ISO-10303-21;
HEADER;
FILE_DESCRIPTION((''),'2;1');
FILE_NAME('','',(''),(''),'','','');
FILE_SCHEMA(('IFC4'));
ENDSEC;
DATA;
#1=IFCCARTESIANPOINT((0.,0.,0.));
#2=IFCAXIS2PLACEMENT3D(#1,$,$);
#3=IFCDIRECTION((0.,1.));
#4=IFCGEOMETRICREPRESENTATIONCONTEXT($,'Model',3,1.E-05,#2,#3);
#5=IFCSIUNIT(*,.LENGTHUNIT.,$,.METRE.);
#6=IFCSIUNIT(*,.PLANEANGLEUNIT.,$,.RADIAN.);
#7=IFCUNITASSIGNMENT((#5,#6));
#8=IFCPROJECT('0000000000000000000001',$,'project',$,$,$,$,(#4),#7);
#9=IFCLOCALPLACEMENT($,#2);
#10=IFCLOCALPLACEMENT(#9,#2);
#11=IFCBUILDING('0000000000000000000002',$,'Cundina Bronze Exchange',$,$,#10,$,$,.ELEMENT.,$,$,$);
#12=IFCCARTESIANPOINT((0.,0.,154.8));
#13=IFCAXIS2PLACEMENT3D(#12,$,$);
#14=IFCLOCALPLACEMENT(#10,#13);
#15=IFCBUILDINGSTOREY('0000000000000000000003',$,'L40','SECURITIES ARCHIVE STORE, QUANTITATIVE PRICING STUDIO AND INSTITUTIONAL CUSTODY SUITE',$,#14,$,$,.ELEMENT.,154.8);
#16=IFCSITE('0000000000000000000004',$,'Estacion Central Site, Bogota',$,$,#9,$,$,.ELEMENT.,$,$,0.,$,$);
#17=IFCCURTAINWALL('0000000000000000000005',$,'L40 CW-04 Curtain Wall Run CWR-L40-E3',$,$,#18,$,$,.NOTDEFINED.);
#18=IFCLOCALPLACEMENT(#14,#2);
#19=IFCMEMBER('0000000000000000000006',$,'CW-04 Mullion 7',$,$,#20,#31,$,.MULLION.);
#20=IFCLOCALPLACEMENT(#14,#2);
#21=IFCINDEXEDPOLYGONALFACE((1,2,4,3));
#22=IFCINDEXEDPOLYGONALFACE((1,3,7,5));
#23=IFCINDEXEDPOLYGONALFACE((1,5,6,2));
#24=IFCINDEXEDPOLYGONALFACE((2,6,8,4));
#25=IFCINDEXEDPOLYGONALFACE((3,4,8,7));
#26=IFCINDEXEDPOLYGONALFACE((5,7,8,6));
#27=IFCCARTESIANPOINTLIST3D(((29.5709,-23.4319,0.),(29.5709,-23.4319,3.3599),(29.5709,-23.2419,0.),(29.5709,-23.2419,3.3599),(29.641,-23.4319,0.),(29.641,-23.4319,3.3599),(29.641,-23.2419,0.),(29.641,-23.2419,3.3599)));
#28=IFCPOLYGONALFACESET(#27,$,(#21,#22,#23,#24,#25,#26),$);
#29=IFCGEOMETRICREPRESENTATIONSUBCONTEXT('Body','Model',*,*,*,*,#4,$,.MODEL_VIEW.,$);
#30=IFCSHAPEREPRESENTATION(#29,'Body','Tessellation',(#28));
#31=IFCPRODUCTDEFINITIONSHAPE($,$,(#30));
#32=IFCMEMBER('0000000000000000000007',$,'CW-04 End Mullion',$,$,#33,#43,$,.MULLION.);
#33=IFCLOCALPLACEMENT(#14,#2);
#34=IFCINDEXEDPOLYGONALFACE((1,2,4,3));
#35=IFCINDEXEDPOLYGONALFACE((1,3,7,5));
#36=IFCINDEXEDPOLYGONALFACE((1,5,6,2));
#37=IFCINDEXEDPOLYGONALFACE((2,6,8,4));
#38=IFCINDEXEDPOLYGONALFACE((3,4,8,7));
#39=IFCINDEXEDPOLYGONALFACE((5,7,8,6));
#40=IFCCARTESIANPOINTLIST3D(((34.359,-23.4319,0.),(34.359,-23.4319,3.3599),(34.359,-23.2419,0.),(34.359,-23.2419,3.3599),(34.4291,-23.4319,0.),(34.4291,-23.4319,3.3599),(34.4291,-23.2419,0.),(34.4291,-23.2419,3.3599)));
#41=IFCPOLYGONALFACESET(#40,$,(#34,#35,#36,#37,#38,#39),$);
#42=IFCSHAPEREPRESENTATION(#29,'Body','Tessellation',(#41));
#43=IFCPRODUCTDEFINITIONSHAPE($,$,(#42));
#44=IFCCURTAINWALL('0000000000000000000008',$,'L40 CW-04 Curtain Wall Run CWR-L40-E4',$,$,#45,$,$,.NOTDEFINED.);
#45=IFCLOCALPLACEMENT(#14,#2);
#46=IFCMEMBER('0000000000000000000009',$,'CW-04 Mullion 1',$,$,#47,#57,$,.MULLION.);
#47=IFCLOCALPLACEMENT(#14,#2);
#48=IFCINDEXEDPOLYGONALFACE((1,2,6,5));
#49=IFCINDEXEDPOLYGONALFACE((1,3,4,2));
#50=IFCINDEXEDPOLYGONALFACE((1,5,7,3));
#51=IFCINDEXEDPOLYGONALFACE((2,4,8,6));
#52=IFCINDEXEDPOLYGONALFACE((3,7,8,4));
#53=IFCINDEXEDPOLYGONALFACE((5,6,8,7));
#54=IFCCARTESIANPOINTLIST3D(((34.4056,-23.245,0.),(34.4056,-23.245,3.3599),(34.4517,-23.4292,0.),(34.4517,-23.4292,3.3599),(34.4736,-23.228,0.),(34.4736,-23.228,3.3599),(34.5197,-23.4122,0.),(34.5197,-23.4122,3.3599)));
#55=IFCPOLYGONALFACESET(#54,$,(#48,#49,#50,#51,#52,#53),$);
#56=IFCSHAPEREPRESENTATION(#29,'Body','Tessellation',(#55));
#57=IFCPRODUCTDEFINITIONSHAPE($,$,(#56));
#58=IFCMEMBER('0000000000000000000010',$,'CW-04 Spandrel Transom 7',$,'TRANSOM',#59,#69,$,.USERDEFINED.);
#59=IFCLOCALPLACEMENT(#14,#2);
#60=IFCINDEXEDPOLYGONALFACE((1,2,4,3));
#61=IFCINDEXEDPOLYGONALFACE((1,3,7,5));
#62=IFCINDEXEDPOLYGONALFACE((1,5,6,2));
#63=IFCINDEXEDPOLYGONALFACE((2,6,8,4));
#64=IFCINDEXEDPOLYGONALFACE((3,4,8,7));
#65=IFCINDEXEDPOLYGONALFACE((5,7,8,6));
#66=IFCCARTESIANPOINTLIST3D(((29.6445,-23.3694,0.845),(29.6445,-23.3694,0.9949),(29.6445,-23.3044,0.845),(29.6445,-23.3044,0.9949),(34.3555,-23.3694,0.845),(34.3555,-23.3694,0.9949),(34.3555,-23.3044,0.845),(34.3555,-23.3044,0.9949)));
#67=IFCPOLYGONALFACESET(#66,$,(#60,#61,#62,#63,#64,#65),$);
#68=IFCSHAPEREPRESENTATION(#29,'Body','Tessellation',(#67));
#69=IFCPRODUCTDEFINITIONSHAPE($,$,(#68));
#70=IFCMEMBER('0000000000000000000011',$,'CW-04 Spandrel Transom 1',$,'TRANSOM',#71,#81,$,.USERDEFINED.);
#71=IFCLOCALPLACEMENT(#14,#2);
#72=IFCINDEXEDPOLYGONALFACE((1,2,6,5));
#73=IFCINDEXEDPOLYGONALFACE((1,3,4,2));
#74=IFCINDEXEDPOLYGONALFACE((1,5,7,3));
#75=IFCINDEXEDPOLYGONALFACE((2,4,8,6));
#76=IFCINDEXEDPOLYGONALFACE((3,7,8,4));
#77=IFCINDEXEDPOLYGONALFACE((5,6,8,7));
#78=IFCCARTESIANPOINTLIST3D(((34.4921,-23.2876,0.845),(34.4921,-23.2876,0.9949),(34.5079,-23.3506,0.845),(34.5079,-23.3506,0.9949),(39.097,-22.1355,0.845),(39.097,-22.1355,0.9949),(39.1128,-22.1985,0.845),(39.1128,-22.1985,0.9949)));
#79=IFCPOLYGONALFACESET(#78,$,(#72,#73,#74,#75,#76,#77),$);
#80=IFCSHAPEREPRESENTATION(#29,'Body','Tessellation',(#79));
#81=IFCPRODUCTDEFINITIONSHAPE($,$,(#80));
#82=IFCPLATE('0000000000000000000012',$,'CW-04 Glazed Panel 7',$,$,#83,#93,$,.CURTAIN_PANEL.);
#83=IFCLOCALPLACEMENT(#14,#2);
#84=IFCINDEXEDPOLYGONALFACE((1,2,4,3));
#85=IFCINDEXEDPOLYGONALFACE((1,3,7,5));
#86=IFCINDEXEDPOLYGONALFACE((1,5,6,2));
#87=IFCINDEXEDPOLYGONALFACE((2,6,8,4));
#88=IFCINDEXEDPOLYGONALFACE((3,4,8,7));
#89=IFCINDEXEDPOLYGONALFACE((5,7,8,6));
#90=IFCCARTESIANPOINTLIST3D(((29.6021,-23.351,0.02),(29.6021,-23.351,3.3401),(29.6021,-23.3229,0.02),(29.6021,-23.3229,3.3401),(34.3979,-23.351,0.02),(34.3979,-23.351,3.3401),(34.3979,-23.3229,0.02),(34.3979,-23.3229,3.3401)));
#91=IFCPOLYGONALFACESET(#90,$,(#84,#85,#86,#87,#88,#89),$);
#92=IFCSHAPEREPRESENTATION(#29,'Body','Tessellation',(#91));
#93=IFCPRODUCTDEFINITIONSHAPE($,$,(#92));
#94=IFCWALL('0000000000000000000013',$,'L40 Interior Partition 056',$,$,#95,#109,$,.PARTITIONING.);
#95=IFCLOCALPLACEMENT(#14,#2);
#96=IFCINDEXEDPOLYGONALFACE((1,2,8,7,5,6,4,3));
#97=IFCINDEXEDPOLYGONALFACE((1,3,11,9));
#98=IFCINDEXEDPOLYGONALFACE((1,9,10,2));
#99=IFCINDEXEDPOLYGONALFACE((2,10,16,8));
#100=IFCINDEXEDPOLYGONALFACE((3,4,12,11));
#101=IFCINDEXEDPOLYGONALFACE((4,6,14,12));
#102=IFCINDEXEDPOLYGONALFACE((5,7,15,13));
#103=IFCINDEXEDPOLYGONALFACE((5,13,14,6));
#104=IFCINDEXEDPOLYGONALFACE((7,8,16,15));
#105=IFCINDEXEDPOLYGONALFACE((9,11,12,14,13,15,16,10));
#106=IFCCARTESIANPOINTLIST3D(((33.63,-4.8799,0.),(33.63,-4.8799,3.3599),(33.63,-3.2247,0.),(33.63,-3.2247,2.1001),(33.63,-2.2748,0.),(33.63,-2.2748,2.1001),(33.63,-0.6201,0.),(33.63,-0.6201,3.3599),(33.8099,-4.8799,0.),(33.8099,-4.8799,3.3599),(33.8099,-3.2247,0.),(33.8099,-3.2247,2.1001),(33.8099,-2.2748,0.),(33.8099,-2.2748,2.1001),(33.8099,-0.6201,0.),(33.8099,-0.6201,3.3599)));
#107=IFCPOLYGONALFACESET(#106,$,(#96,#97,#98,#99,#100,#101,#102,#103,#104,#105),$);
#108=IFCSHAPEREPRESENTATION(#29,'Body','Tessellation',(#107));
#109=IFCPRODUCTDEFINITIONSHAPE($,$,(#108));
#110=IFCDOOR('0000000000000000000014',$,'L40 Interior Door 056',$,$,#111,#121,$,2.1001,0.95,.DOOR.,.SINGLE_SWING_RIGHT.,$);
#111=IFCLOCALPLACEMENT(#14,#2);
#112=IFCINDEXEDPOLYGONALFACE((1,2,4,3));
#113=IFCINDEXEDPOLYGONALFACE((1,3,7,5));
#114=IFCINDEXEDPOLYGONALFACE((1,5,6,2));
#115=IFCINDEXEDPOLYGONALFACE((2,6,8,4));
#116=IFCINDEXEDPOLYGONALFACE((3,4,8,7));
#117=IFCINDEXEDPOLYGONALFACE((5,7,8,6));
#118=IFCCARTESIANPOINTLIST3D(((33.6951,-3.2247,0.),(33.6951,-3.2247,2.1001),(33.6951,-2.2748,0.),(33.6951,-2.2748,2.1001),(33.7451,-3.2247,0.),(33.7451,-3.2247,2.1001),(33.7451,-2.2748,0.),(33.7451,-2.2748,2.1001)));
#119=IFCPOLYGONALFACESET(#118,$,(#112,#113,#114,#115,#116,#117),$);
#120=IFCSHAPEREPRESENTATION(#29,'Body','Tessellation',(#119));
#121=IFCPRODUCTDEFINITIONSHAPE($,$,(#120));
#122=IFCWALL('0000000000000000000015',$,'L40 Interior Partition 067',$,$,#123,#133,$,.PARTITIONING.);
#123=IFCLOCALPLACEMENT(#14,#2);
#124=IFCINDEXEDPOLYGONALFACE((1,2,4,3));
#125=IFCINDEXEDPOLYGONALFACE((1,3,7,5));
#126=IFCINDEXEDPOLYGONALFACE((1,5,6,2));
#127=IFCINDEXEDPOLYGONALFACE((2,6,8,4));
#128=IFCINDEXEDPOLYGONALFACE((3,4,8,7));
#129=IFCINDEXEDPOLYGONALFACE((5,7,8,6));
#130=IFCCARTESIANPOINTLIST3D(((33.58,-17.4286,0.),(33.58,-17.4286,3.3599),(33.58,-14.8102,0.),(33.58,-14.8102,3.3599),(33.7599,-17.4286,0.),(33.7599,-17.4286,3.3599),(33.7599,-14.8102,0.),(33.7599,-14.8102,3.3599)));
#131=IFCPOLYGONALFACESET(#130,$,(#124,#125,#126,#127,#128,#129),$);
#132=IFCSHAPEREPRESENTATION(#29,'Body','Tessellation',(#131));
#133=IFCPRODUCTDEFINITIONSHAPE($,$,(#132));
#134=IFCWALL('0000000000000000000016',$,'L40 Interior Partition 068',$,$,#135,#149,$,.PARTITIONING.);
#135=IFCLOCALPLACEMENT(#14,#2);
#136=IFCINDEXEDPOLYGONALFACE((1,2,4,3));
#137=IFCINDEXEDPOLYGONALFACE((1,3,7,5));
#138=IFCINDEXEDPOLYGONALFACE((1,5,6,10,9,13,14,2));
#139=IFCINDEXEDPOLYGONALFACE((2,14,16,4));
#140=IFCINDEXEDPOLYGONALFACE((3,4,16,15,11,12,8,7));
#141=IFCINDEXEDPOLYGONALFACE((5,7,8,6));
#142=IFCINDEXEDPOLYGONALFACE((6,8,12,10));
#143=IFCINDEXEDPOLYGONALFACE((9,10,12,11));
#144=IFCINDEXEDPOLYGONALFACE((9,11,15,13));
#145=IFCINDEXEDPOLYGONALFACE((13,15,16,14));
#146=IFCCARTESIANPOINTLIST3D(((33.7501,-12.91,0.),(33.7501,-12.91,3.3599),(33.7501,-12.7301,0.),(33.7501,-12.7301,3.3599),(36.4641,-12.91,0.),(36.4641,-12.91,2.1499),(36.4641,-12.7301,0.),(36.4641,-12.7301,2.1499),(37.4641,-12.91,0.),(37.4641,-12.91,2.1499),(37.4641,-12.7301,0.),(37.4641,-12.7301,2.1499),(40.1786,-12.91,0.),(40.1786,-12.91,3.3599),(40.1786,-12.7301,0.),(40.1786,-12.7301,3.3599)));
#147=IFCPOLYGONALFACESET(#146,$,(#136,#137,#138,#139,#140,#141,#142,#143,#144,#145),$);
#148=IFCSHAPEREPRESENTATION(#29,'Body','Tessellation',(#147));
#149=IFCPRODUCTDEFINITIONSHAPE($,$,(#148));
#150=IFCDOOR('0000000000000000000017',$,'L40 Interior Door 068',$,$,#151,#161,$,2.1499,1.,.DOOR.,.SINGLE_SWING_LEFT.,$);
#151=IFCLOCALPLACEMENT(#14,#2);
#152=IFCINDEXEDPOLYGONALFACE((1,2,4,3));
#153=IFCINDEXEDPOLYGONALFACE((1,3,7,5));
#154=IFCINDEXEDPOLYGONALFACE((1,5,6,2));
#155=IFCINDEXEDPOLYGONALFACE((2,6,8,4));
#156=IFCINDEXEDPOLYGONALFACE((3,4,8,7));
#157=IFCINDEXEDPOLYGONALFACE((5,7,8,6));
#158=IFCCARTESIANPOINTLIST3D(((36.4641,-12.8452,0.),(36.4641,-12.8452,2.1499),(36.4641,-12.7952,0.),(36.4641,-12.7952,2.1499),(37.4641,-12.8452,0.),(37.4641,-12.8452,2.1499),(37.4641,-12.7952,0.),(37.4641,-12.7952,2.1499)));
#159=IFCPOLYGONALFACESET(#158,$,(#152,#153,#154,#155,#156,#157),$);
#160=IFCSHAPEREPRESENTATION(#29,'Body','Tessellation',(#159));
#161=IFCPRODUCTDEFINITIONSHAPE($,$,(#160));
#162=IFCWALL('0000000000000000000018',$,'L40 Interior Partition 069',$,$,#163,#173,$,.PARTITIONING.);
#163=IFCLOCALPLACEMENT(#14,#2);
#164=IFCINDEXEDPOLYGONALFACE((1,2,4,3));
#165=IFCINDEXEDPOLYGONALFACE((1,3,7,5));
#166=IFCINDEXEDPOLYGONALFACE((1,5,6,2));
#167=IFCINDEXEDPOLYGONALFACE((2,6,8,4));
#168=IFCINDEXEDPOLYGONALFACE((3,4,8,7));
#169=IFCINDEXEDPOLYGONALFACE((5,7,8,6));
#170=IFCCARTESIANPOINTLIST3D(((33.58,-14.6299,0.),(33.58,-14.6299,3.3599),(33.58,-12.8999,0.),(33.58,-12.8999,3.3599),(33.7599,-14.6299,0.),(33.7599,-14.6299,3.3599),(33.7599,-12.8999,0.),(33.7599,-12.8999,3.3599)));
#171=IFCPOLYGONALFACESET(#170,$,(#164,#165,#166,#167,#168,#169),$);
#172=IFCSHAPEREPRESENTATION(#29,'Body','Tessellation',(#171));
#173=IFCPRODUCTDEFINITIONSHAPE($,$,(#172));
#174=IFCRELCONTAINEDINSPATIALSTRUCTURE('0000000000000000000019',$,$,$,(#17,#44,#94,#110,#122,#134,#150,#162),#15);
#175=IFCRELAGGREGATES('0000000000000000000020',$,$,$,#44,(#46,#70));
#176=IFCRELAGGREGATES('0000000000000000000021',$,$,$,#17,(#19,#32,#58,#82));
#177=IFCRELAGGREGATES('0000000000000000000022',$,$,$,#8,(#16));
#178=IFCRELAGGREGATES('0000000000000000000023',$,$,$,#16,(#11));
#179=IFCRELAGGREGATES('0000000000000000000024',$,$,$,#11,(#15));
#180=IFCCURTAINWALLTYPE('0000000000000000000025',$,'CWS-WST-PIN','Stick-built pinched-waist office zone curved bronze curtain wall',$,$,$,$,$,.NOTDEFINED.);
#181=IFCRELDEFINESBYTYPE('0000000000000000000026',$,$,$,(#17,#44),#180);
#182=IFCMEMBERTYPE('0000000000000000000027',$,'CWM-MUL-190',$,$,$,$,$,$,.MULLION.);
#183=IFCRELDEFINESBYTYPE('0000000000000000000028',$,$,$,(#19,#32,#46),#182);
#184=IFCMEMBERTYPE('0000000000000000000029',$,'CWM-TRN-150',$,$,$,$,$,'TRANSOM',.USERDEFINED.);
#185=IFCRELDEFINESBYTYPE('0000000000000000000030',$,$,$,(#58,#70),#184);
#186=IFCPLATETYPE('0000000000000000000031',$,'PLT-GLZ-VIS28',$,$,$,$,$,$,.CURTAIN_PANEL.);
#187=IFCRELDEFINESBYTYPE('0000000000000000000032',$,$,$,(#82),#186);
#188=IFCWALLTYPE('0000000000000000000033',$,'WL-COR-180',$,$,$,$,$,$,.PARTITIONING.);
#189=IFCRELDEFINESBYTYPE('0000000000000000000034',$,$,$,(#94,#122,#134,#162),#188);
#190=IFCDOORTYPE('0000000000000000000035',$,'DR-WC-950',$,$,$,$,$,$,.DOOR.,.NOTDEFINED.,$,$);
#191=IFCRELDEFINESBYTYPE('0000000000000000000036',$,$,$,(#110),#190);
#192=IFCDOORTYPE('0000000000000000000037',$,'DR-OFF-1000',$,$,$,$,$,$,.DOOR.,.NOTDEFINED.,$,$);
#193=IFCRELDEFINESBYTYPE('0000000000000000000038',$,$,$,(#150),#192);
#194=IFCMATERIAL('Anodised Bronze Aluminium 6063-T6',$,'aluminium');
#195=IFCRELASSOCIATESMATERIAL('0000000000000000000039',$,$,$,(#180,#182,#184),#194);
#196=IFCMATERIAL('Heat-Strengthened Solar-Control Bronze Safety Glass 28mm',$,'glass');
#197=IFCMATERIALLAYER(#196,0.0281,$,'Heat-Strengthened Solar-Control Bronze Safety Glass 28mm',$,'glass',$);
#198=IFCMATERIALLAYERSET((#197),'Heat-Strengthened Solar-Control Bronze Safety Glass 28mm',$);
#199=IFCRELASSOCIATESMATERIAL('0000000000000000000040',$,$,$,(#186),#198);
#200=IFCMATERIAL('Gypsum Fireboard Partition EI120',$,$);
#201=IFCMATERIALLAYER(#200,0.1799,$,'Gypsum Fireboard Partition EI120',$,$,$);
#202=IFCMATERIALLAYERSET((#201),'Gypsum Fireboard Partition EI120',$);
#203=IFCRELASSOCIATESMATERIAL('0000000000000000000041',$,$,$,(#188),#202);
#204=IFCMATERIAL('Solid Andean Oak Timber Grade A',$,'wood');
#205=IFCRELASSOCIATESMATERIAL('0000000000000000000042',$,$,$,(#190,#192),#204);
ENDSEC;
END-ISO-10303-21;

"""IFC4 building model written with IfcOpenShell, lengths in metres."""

from ifc_helpers import new_model, si_unit, direction, frame, frame_2d, origin, origin_2d, place, context, subcontext, project, spatial, rectangle, extrude, material, layer, layer_set, material_profile, profile_set, type_object, element, fill, aggregate, save


model = new_model("IFC4")

# Units and contexts
model_context = context("Model", 3, precision=1e-05, world=origin(), true_north=direction((0.0, 1.0)))
body_context = subcontext(model_context, "Body", "Model", "MODEL_VIEW")
ifc_project = project(units=[si_unit("LENGTHUNIT", "METRE"), si_unit("PLANEANGLEUNIT", "RADIAN")], contexts=[model_context])

# Site, building, storey
site_placement = place(None, origin())
site = spatial("IfcSite", under=ifc_project, at=site_placement, Name="Estacion Central Site, Bogota", CompositionType="ELEMENT", RefElevation=0.0)
building_placement = place(site_placement, origin())
building = spatial("IfcBuilding", under=site, at=building_placement, Name="Cundina Bronze Exchange", CompositionType="ELEMENT")
storey_placement = place(building_placement, frame((0.0, 0.0, 154.8)))
storey = spatial("IfcBuildingStorey", under=building, at=storey_placement, Name="L40", Description="SECURITIES ARCHIVE STORE, QUANTITATIVE PRICING STUDIO AND INSTITUTIONAL CUSTODY SUITE", CompositionType="ELEMENT", Elevation=154.8)

# Curtain wall, members
ifc_material_1 = material(Name="Anodised Bronze Aluminium 6063-T6", Category="aluminium")
curtain_wall_type = type_object("IfcCurtainWallType", Name="CWS-WST-PIN", Description="Stick-built pinched-waist office zone curved bronze curtain wall", PredefinedType="NOTDEFINED", material=ifc_material_1)
curtain_wall_1_placement = place(storey_placement, origin())
curtain_wall_1 = element("IfcCurtainWall", 1, at=curtain_wall_1_placement, inside=storey, type_object=curtain_wall_type, Name="L40 CW-04 Curtain Wall Run CWR-L40-E3", PredefinedType="NOTDEFINED")
ifc_material_profile_1 = material_profile(ifc_material_1, rectangle(XDim=0.0701, YDim=0.1899, at=origin_2d()), Name="AL70X190", Category="aluminium")
ifc_profile_set_1 = profile_set([ifc_material_profile_1], Name="Anodised Bronze Aluminium 6063-T6")
member_type_1 = type_object("IfcMemberType", Name="CWM-MUL-190", PredefinedType="MULLION", material=ifc_profile_set_1)
member_1_placement = place(storey_placement, frame((29.606, -23.3369, 0.0), z_axis=(0.0, 0.0, 1.0), x_axis=(1.0, 0.0, 0.0)))
member_1 = element("IfcMember", 2, at=member_1_placement, type_object=member_type_1, Name="CW-04 Mullion 7", PredefinedType="MULLION", context=body_context, shape_type="SweptSolid", body=[
    extrude(rectangle(XDim=0.0701, YDim=0.1899, at=origin_2d()), origin(), (0.0, 0.0, 1.0), 3.3599),
])
member_2_placement = place(storey_placement, frame((34.394, -23.3369, 0.0), z_axis=(0.0, 0.0, 1.0), x_axis=(1.0, 0.0, 0.0)))
member_2 = element("IfcMember", 3, at=member_2_placement, type_object=member_type_1, Name="CW-04 End Mullion", PredefinedType="MULLION", context=body_context, shape_type="SweptSolid", body=[
    extrude(rectangle(XDim=0.0701, YDim=0.1899, at=origin_2d()), origin(), (0.0, 0.0, 1.0), 3.3599),
])

# Curtain wall, member
curtain_wall_2_placement = place(storey_placement, origin())
curtain_wall_2 = element("IfcCurtainWall", 4, at=curtain_wall_2_placement, inside=storey, type_object=curtain_wall_type, Name="L40 CW-04 Curtain Wall Run CWR-L40-E4", PredefinedType="NOTDEFINED")
member_3_placement = place(storey_placement, frame((34.4626, -23.3286, 0.0), z_axis=(0.0, 0.0, 1.0), x_axis=(0.970084, 0.242769, 0.0)))
member_3 = element("IfcMember", 5, at=member_3_placement, type_object=member_type_1, Name="CW-04 Mullion 1", PredefinedType="MULLION", context=body_context, shape_type="SweptSolid", body=[
    extrude(rectangle(XDim=0.0701, YDim=0.1899, at=origin_2d()), origin(), (0.0, 0.0, 1.0), 3.3599),
])

# Members
ifc_material_profile_2 = material_profile(ifc_material_1, rectangle(XDim=0.0649, YDim=0.1499, at=origin_2d()), Name="AL65X150", Category="aluminium")
ifc_profile_set_2 = profile_set([ifc_material_profile_2], Name="Anodised Bronze Aluminium 6063-T6")
member_type_2 = type_object("IfcMemberType", Name="CWM-TRN-150", ElementType="TRANSOM", PredefinedType="USERDEFINED", material=ifc_profile_set_2)
member_4_placement = place(storey_placement, frame((29.6445, -23.3369, 0.9199), z_axis=(1.0, 0.0, 0.0), x_axis=(0.0, 1.0, 0.0)))
member_4 = element("IfcMember", 6, at=member_4_placement, type_object=member_type_2, Name="CW-04 Spandrel Transom 7", ObjectType="TRANSOM", PredefinedType="USERDEFINED", context=body_context, shape_type="SweptSolid", body=[
    extrude(rectangle(XDim=0.0649, YDim=0.1499, at=origin_2d()), origin(), (0.0, 0.0, 1.0), 4.7109),
])
member_5_placement = place(storey_placement, frame((34.5, -23.3191, 0.9199), z_axis=(0.9701, 0.242705, 0.0), x_axis=(-0.242705, 0.9701, 0.0)))
member_5 = element("IfcMember", 7, at=member_5_placement, type_object=member_type_2, Name="CW-04 Spandrel Transom 1", ObjectType="TRANSOM", PredefinedType="USERDEFINED", context=body_context, shape_type="SweptSolid", body=[
    extrude(rectangle(XDim=0.0649, YDim=0.1499, at=origin_2d()), origin(), (0.0, 0.0, 1.0), 4.7468),
])
aggregate(curtain_wall_2, [member_3, member_5])

# Plate
ifc_material_2 = material(Name="Heat-Strengthened Solar-Control Bronze Safety Glass 28mm", Category="glass")
ifc_layer_1 = layer(ifc_material_2, 0.0281, Name="Heat-Strengthened Solar-Control Bronze Safety Glass 28mm", Category="glass")
ifc_layer_set_1 = layer_set([ifc_layer_1], Name="Heat-Strengthened Solar-Control Bronze Safety Glass 28mm")
plate_type = type_object("IfcPlateType", Name="PLT-GLZ-VIS28", PredefinedType="CURTAIN_PANEL", material=ifc_layer_set_1)
plate_placement = place(storey_placement, frame((32.0, -23.3369, 0.02), z_axis=(0.0, 0.0, 1.0), x_axis=(1.0, 0.0, 0.0)))
plate = element("IfcPlate", 8, at=plate_placement, type_object=plate_type, Name="CW-04 Glazed Panel 7", PredefinedType="CURTAIN_PANEL", context=body_context, shape_type="SweptSolid", body=[
    extrude(rectangle(XDim=4.7959, YDim=0.0281, at=origin_2d()), origin(), (0.0, 0.0, 1.0), 3.3201),
])
aggregate(curtain_wall_1, [member_1, member_2, member_4, plate])

# Wall, opening, door
ifc_material_3 = material(Name="Gypsum Fireboard Partition EI120")
ifc_layer_2 = layer(ifc_material_3, 0.1799, Name="Gypsum Fireboard Partition EI120")
ifc_layer_set_2 = layer_set([ifc_layer_2], Name="Gypsum Fireboard Partition EI120")
wall_type_1 = type_object("IfcWallType", Name="WL-COR-180", PredefinedType="PARTITIONING", material=ifc_layer_set_2)
wall_1_placement = place(storey_placement, frame((33.72, -4.8799, 0.0), z_axis=(0.0, 0.0, 1.0), x_axis=(0.0, 1.0, 0.0)))
wall_1 = element("IfcWall", 9, at=wall_1_placement, inside=storey, type_object=wall_type_1, Name="L40 Interior Partition 056", PredefinedType="PARTITIONING", context=body_context, shape_type="SweptSolid", body=[
    extrude(rectangle(XDim=4.2598, YDim=0.1799, at=frame_2d((2.1299, 0.0))), origin(), (0.0, 0.0, 1.0), 3.3599),
])
opening_1_placement = place(wall_1_placement, frame((1.655, 0.0, 0.0)))
opening_1 = element("IfcOpeningElement", 10, at=opening_1_placement, cuts=wall_1, PredefinedType="OPENING", context=body_context, shape_type="SweptSolid", body=[
    extrude(rectangle(XDim=0.95, YDim=2.1001, at=frame_2d((0.4751, 1.05))), frame((0.0, 0.0999, 0.0), z_axis=(0.0, -1.0, 0.0), x_axis=(1.0, 0.0, 0.0)), (0.0, 0.0, 1.0), 0.2),
])
ifc_material_4 = material(Name="Solid Andean Oak Timber Grade A", Category="wood")
door_type_1 = type_object("IfcDoorType", Name="DR-WC-950", OperationType="NOTDEFINED", PredefinedType="DOOR", material=ifc_material_4)
door_1_placement = place(opening_1_placement, origin())
door_1 = element("IfcDoor", 11, at=door_1_placement, inside=storey, type_object=door_type_1, Name="L40 Interior Door 056", OperationType="SINGLE_SWING_RIGHT", OverallHeight=2.1001, OverallWidth=0.95, PredefinedType="DOOR", context=body_context, shape_type="SweptSolid", body=[
    extrude(rectangle(XDim=0.95, YDim=2.1001, at=frame_2d((0.4751, 1.05))), frame((0.0, 0.0249, 0.0), z_axis=(0.0, -1.0, 0.0), x_axis=(1.0, 0.0, 0.0)), (0.0, 0.0, 1.0), 0.05),
])
fill(opening_1, door_1)
door_type_2 = type_object("IfcDoorType", Name="DR-OFF-1000", OperationType="NOTDEFINED", PredefinedType="DOOR", material=ifc_material_4)

# Wall
wall_2_placement = place(storey_placement, frame((33.6699, -17.4285, 0.0), z_axis=(0.0, 0.0, 1.0), x_axis=(0.0, 1.0, 0.0)))
element("IfcWall", 12, at=wall_2_placement, inside=storey, type_object=wall_type_1, Name="L40 Interior Partition 067", PredefinedType="PARTITIONING", context=body_context, shape_type="SweptSolid", body=[
    extrude(rectangle(XDim=2.6184, YDim=0.1799, at=frame_2d((1.3091, 0.0))), origin(), (0.0, 0.0, 1.0), 3.3599),
])

# Wall, opening, door
wall_3_placement = place(storey_placement, frame((33.75, -12.8201, 0.0), z_axis=(0.0, 0.0, 1.0), x_axis=(1.0, 0.0, 0.0)))
wall_3 = element("IfcWall", 13, at=wall_3_placement, inside=storey, type_object=wall_type_1, Name="L40 Interior Partition 068", PredefinedType="PARTITIONING", context=body_context, shape_type="SweptSolid", body=[
    extrude(rectangle(XDim=6.4285, YDim=0.1799, at=frame_2d((3.2144, 0.0))), origin(), (0.0, 0.0, 1.0), 3.3599),
])
opening_2_placement = place(wall_3_placement, frame((2.7141, 0.0, 0.0)))
opening_2 = element("IfcOpeningElement", 14, at=opening_2_placement, cuts=wall_3, PredefinedType="OPENING", context=body_context, shape_type="SweptSolid", body=[
    extrude(rectangle(XDim=1.0, YDim=2.1499, at=frame_2d((0.5, 1.075))), frame((0.0, 0.0999, 0.0), z_axis=(0.0, -1.0, 0.0), x_axis=(1.0, 0.0, 0.0)), (0.0, 0.0, 1.0), 0.2),
])
door_2_placement = place(opening_2_placement, origin())
door_2 = element("IfcDoor", 15, at=door_2_placement, inside=storey, type_object=door_type_2, Name="L40 Interior Door 068", OperationType="SINGLE_SWING_LEFT", OverallHeight=2.1499, OverallWidth=1.0, PredefinedType="DOOR", context=body_context, shape_type="SweptSolid", body=[
    extrude(rectangle(XDim=1.0, YDim=2.1499, at=frame_2d((0.5, 1.075))), frame((0.0, 0.0249, 0.0), z_axis=(0.0, -1.0, 0.0), x_axis=(1.0, 0.0, 0.0)), (0.0, 0.0, 1.0), 0.05),
])
fill(opening_2, door_2)

# Wall
wall_4_placement = place(storey_placement, frame((33.6699, -14.6299, 0.0), z_axis=(0.0, 0.0, 1.0), x_axis=(0.0, 1.0, 0.0)))
element("IfcWall", 16, at=wall_4_placement, inside=storey, type_object=wall_type_1, Name="L40 Interior Partition 069", PredefinedType="PARTITIONING", context=body_context, shape_type="SweptSolid", body=[
    extrude(rectangle(XDim=1.73, YDim=0.1799, at=frame_2d((0.865, 0.0))), origin(), (0.0, 0.0, 1.0), 3.3599),
])

save(model, "model.ifc")
